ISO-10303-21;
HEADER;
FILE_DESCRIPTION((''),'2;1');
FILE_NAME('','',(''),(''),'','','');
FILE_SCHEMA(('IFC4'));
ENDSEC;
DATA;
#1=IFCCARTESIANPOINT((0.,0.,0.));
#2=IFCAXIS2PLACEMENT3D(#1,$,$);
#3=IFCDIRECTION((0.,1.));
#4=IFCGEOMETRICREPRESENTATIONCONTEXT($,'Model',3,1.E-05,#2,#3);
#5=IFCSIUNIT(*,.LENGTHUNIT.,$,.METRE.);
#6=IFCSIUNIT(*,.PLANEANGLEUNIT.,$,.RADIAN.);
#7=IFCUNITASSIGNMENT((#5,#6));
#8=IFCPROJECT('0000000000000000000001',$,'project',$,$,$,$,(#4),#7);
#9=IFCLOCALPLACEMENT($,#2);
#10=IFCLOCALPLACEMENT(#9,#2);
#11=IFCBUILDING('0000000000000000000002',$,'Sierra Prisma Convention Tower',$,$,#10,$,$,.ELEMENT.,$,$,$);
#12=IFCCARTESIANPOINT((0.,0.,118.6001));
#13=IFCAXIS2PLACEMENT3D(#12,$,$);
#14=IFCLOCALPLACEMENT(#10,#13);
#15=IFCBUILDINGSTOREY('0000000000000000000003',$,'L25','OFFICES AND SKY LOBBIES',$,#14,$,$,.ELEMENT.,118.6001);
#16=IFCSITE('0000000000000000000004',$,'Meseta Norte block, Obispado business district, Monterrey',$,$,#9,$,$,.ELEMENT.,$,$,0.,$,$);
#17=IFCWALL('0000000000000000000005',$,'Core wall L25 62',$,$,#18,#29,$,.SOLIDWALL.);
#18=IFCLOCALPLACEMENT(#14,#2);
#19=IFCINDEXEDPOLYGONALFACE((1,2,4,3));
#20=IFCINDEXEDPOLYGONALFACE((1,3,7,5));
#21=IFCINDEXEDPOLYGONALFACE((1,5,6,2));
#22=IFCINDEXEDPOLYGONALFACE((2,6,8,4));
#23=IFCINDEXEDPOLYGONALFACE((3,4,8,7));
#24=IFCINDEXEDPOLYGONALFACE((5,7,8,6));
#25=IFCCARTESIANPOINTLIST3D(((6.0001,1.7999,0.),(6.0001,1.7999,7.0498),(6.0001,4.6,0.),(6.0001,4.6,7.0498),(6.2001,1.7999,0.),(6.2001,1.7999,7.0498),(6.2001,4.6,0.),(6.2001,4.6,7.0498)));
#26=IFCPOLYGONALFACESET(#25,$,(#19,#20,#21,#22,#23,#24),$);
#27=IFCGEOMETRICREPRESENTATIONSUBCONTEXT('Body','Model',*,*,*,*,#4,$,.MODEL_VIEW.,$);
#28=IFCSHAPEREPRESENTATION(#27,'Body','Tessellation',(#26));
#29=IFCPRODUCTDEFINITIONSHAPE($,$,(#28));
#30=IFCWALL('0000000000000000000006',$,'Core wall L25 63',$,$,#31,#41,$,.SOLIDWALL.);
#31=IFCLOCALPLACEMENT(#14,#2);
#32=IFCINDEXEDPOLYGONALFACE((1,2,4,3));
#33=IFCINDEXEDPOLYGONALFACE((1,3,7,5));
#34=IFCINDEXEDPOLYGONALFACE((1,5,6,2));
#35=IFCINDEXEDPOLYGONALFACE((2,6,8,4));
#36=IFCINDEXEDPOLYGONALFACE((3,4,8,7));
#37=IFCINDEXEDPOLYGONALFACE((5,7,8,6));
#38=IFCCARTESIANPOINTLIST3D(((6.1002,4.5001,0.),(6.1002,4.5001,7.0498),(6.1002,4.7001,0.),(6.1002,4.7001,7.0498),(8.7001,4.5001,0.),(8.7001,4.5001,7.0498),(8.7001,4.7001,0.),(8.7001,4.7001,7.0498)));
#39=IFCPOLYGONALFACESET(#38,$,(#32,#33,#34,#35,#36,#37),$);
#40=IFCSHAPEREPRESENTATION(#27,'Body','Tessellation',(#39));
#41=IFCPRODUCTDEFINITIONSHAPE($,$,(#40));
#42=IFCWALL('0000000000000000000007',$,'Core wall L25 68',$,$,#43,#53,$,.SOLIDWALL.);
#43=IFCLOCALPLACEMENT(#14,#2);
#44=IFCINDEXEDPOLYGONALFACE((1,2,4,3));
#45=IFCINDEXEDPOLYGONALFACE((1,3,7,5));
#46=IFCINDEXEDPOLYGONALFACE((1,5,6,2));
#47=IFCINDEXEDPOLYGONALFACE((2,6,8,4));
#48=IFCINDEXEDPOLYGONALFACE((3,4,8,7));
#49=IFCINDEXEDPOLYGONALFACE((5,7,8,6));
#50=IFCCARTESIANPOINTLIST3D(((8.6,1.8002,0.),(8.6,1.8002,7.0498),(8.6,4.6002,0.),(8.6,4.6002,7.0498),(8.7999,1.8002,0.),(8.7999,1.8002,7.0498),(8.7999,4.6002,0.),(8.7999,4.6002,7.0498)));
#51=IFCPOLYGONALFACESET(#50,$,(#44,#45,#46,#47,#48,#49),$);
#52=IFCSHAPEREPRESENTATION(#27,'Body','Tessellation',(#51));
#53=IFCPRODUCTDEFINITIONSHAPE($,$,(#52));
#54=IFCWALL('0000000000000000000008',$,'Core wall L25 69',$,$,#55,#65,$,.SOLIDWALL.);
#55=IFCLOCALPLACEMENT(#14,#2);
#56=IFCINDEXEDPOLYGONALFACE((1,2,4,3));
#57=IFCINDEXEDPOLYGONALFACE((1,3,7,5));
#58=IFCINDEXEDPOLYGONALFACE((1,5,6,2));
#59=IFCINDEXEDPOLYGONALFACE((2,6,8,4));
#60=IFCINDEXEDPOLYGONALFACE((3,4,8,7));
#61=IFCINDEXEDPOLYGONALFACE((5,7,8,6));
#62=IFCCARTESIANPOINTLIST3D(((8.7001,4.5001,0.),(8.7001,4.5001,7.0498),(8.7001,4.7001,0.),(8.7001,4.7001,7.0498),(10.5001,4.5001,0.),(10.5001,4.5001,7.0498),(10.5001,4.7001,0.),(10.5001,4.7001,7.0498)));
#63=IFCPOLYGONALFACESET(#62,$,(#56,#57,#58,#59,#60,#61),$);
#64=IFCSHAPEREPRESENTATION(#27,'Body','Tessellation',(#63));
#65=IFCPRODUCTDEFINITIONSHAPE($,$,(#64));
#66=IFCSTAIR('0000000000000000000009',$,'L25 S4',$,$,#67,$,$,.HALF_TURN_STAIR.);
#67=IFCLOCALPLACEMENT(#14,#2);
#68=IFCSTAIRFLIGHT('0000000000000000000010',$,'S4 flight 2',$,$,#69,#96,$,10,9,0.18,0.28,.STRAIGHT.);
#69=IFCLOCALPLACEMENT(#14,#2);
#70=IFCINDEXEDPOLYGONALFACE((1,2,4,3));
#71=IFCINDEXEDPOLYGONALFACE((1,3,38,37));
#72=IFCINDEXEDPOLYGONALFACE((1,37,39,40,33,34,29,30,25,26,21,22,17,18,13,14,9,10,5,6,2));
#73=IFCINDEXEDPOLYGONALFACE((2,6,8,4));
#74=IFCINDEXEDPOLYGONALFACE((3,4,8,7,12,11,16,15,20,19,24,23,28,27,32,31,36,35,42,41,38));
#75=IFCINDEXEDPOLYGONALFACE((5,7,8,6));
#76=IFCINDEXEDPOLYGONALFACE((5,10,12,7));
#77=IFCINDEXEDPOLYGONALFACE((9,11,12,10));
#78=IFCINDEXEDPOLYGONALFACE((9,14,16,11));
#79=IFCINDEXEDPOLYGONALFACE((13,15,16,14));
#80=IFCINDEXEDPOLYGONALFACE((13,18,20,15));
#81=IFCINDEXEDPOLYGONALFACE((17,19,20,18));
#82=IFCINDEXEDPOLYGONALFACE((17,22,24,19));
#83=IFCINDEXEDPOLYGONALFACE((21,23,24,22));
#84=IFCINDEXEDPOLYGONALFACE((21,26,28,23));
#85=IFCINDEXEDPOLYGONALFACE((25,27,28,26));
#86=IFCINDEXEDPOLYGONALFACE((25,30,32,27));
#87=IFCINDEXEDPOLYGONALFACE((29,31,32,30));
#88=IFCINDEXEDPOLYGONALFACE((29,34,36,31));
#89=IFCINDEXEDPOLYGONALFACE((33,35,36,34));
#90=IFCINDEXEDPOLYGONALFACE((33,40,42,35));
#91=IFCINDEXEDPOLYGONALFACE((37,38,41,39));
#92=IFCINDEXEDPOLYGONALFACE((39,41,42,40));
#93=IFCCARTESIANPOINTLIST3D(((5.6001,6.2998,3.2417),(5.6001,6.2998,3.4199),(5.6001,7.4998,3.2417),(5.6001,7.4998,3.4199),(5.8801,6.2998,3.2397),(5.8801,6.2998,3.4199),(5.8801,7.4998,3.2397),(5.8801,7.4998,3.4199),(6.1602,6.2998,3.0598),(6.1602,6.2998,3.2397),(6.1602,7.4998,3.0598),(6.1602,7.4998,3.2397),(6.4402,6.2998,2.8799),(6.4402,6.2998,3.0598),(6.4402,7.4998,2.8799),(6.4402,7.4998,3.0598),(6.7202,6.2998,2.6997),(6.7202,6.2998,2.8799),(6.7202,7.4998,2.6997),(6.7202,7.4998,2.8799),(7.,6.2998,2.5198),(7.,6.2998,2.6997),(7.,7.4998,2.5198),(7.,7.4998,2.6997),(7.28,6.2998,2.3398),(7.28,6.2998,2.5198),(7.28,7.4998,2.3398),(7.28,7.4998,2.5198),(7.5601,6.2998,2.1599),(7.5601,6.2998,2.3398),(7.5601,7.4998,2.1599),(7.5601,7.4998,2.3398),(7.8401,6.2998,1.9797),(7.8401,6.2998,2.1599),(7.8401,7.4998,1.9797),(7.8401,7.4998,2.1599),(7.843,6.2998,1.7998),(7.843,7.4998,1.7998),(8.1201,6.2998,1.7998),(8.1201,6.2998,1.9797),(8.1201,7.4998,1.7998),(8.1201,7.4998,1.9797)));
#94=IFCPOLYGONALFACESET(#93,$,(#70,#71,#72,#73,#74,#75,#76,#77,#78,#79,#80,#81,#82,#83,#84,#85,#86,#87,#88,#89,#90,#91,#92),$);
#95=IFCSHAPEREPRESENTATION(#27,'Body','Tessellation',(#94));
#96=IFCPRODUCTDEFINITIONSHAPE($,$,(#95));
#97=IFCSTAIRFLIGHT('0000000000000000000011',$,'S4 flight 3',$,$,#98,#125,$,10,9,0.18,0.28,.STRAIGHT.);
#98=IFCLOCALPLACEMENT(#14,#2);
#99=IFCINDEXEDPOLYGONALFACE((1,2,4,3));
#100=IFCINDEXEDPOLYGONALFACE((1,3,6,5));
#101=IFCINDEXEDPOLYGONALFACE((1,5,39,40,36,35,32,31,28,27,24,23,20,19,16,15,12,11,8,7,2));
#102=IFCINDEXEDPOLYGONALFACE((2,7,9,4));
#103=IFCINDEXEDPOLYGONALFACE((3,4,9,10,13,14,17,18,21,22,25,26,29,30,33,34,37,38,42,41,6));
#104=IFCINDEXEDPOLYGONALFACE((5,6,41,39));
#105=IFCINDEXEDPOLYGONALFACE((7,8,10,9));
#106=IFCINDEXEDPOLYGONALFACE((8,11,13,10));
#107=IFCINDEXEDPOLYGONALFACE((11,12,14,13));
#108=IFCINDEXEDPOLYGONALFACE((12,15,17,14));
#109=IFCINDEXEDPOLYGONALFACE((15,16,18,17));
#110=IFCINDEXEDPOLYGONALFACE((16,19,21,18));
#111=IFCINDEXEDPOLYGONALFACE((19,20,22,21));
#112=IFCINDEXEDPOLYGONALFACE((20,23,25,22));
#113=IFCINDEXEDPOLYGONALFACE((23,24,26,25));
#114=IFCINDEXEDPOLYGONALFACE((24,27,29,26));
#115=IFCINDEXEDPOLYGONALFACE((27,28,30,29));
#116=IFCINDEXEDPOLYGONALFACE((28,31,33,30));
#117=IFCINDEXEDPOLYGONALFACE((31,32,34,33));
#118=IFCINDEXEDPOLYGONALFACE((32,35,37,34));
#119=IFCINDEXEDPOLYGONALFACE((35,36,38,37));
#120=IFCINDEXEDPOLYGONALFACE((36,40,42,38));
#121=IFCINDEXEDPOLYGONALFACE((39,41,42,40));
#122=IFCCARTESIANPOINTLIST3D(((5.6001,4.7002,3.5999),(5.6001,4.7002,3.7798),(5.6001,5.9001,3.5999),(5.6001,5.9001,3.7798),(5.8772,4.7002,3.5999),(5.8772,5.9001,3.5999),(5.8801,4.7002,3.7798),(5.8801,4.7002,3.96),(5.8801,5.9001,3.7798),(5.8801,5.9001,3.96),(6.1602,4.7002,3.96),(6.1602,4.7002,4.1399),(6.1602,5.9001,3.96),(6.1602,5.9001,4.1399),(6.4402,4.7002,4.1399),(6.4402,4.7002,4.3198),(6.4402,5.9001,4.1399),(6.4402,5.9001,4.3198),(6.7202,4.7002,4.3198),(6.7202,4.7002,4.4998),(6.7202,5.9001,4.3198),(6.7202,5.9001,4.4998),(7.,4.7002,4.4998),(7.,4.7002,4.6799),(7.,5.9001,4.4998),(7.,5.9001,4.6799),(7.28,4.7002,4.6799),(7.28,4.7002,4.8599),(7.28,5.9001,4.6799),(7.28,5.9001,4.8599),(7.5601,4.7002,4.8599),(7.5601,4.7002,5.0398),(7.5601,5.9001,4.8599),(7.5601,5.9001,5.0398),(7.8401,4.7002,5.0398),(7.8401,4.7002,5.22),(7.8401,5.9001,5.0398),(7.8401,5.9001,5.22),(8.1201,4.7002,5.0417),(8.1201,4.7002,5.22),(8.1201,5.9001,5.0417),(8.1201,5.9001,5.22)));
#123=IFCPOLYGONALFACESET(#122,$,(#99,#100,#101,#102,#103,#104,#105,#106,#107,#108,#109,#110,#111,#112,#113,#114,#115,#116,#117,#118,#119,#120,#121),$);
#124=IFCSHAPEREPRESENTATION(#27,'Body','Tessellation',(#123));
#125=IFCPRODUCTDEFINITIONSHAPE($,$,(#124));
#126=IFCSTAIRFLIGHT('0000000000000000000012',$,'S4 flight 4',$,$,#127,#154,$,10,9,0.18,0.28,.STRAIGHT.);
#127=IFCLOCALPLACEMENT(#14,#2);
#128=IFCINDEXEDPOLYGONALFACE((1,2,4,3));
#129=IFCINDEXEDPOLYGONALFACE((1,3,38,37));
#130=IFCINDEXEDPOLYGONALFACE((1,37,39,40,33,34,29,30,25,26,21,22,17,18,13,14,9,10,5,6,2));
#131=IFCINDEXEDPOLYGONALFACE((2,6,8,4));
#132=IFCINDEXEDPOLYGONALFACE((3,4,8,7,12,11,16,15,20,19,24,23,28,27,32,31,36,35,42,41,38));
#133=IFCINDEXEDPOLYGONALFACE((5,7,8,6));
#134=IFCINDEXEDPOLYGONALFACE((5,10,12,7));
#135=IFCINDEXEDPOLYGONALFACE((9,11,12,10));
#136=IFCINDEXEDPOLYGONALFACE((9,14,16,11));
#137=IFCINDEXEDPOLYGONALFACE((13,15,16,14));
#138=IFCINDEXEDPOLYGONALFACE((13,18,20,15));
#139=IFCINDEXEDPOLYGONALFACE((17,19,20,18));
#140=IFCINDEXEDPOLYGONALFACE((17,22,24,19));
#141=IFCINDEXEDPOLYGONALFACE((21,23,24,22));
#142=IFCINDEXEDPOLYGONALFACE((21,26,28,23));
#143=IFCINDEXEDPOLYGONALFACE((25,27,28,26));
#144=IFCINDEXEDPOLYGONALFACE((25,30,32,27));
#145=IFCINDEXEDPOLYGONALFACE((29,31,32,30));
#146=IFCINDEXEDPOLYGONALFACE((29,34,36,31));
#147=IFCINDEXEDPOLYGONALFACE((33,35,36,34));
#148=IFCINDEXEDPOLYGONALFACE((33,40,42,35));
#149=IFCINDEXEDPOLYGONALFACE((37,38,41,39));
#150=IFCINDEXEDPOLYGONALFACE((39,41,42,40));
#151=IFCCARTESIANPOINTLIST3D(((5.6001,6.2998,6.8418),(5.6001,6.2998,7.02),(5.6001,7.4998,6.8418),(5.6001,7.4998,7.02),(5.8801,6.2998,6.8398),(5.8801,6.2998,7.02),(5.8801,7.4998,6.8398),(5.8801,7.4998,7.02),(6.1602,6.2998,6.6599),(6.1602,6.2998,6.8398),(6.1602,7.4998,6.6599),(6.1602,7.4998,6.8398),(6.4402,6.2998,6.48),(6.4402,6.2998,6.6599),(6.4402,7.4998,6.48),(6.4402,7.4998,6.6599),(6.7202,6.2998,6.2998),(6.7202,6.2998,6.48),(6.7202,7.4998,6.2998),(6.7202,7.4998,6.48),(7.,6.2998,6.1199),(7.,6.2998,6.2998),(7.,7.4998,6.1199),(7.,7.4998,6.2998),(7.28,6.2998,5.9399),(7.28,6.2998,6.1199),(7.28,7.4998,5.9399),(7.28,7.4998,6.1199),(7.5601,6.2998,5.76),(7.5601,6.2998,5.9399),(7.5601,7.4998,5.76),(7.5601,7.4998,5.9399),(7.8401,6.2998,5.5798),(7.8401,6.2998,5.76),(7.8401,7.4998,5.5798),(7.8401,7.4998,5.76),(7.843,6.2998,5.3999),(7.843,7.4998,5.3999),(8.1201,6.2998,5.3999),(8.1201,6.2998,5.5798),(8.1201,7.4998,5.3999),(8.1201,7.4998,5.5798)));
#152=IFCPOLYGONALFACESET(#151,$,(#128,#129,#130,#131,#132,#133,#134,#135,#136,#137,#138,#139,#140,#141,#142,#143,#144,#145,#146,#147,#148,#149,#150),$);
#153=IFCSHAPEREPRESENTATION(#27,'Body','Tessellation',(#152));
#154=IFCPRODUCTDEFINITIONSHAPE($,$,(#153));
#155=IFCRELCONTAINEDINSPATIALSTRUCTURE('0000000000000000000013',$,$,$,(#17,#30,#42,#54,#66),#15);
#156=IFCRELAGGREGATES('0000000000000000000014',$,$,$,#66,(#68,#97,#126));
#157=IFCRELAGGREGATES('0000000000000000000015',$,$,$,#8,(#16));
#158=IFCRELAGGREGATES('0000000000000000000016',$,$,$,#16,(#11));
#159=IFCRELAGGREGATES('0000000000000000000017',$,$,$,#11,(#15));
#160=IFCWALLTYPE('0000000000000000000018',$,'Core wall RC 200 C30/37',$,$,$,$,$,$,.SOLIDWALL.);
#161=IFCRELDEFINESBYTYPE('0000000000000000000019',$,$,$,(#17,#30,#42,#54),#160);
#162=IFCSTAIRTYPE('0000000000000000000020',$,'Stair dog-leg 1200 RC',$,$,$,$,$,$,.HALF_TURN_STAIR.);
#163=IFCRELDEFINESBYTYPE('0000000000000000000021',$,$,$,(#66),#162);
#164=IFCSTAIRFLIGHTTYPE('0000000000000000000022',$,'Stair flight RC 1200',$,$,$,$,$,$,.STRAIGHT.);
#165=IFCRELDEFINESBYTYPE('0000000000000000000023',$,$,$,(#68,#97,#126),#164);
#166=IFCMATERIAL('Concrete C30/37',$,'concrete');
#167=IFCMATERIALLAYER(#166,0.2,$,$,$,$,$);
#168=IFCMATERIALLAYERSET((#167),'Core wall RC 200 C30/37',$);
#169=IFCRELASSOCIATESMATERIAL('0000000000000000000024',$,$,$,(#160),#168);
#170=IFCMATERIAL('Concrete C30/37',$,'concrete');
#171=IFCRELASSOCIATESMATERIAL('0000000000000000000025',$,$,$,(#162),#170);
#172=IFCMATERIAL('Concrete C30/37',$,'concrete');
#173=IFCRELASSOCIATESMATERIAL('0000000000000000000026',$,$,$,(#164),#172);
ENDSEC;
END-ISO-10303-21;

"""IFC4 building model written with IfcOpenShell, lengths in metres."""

from ifc_helpers import new_model, si_unit, direction, frame, frame_2d, origin, place, context, subcontext, project, spatial, polyline, rectangle, outline, extrude, material, layer, layer_set, type_object, element, aggregate, save


model = new_model("IFC4")

# Units and contexts
model_context = context("Model", 3, precision=1e-05, world=origin(), true_north=direction((0.0, 1.0)))
body_context = subcontext(model_context, "Body", "Model", "MODEL_VIEW")
ifc_project = project(units=[si_unit("LENGTHUNIT", "METRE"), si_unit("PLANEANGLEUNIT", "RADIAN")], contexts=[model_context])

# Site, building, storey
site_placement = place(None, origin())
site = spatial("IfcSite", under=ifc_project, at=site_placement, Name="Meseta Norte block, Obispado business district, Monterrey", CompositionType="ELEMENT", RefElevation=0.0)
building_placement = place(site_placement, origin())
building = spatial("IfcBuilding", under=site, at=building_placement, Name="Sierra Prisma Convention Tower", CompositionType="ELEMENT")
storey_placement = place(building_placement, frame((0.0, 0.0, 118.6001)))
storey = spatial("IfcBuildingStorey", under=building, at=storey_placement, Name="L25", Description="OFFICES AND SKY LOBBIES", CompositionType="ELEMENT", Elevation=118.6001)

# Shared definitions
ifc_material_1 = material(Name="Concrete C30/37", Category="concrete")
ifc_layer_1 = layer(ifc_material_1, 0.2)
ifc_layer_set_1 = layer_set([ifc_layer_1], Name="Core wall RC 200 C30/37")
wall_type = type_object("IfcWallType", Name="Core wall RC 200 C30/37", PredefinedType="SOLIDWALL", material=ifc_layer_set_1)

# Walls
wall_1_placement = place(storey_placement, frame((6.1001, 1.8, 0.0), z_axis=(0.0, 0.0, 1.0), x_axis=(0.0, 1.0, 0.0)))
element("IfcWall", 1, at=wall_1_placement, inside=storey, type_object=wall_type, Name="Core wall L25 62", PredefinedType="SOLIDWALL", context=body_context, shape_type="SweptSolid", body=[
    extrude(rectangle(XDim=2.8, YDim=0.2, at=frame_2d((1.3999, 0.0))), origin(), (0.0, 0.0, 1.0), 7.0498),
])
wall_2_placement = place(storey_placement, frame((8.7, 4.6001, 0.0), z_axis=(0.0, 0.0, 1.0), x_axis=(-1.0, 0.0, 0.0)))
element("IfcWall", 2, at=wall_2_placement, inside=storey, type_object=wall_type, Name="Core wall L25 63", PredefinedType="SOLIDWALL", context=body_context, shape_type="SweptSolid", body=[
    extrude(rectangle(XDim=2.5999, YDim=0.2, at=frame_2d((1.2998, 0.0))), origin(), (0.0, 0.0, 1.0), 7.0498),
])

# Walls
wall_3_placement = place(storey_placement, frame((8.7, 4.6001, 0.0), z_axis=(0.0, 0.0, 1.0), x_axis=(0.0, -1.0, 0.0)))
element("IfcWall", 3, at=wall_3_placement, inside=storey, type_object=wall_type, Name="Core wall L25 68", PredefinedType="SOLIDWALL", context=body_context, shape_type="SweptSolid", body=[
    extrude(rectangle(XDim=2.8, YDim=0.2, at=frame_2d((1.3999, 0.0))), origin(), (0.0, 0.0, 1.0), 7.0498),
])
wall_4_placement = place(storey_placement, frame((10.5, 4.6001, 0.0), z_axis=(0.0, 0.0, 1.0), x_axis=(-1.0, 0.0, 0.0)))
element("IfcWall", 4, at=wall_4_placement, inside=storey, type_object=wall_type, Name="Core wall L25 69", PredefinedType="SOLIDWALL", context=body_context, shape_type="SweptSolid", body=[
    extrude(rectangle(XDim=1.8, YDim=0.2, at=frame_2d((0.8999, 0.0))), origin(), (0.0, 0.0, 1.0), 7.0498),
])

# Stair, stair flights
ifc_material_2 = material(Name="Concrete C30/37", Category="concrete")
stair_type = type_object("IfcStairType", Name="Stair dog-leg 1200 RC", PredefinedType="HALF_TURN_STAIR", material=ifc_material_2)
stair_placement = place(storey_placement, origin())
stair = element("IfcStair", 5, at=stair_placement, inside=storey, type_object=stair_type, Name="L25 S4", PredefinedType="HALF_TURN_STAIR")
ifc_material_3 = material(Name="Concrete C30/37", Category="concrete")
stair_flight_type = type_object("IfcStairFlightType", Name="Stair flight RC 1200", PredefinedType="STRAIGHT", material=ifc_material_3)
stair_flight_1_placement = place(storey_placement, frame((8.1201, 6.8999, 1.7998), z_axis=(0.0, 0.0, 1.0), x_axis=(-1.0, 0.0, 0.0)))
stair_flight_1 = element("IfcStairFlight", 6, at=stair_flight_1_placement, type_object=stair_flight_type, Name="S4 flight 2", NumberOfRisers=10, NumberOfTreads=9, PredefinedType="STRAIGHT", RiserHeight=0.18, TreadLength=0.28, context=body_context, shape_type="SweptSolid", body=[
    extrude(outline(polyline([(0.0, 0.0), (0.0, 0.1799), (0.28, 0.1799), (0.28, 0.3601), (0.5601, 0.3601), (0.5601, 0.54), (0.8401, 0.54), (0.8401, 0.72), (1.1201, 0.72), (1.1201, 0.8999), (1.3999, 0.8999), (1.3999, 1.0801), (1.6799, 1.0801), (1.6799, 1.26), (1.96, 1.26), (1.96, 1.4399), (2.24, 1.4399), (2.24, 1.6201), (2.52, 1.6201), (2.52, 1.8), (2.52, 1.4419), (0.2771, 0.0), (0.0, 0.0)])), frame((0.0, 0.6001, 0.0), z_axis=(0.0, -1.0, 0.0), x_axis=(1.0, 0.0, 0.0)), (0.0, 0.0, 1.0), 1.2),
])
stair_flight_2_placement = place(storey_placement, frame((5.6001, 5.3, 3.5999), z_axis=(0.0, 0.0, 1.0), x_axis=(1.0, 0.0, 0.0)))
stair_flight_2 = element("IfcStairFlight", 7, at=stair_flight_2_placement, type_object=stair_flight_type, Name="S4 flight 3", NumberOfRisers=10, NumberOfTreads=9, PredefinedType="STRAIGHT", RiserHeight=0.18, TreadLength=0.28, context=body_context, shape_type="SweptSolid", body=[
    extrude(outline(polyline([(0.0, 0.0), (0.0, 0.1799), (0.28, 0.1799), (0.28, 0.3601), (0.5601, 0.3601), (0.5601, 0.54), (0.8401, 0.54), (0.8401, 0.72), (1.1201, 0.72), (1.1201, 0.8999), (1.3999, 0.8999), (1.3999, 1.0801), (1.6799, 1.0801), (1.6799, 1.26), (1.96, 1.26), (1.96, 1.4399), (2.24, 1.4399), (2.24, 1.6201), (2.52, 1.6201), (2.52, 1.8), (2.52, 1.4419), (0.2771, 0.0), (0.0, 0.0)])), frame((0.0, 0.6001, 0.0), z_axis=(0.0, -1.0, 0.0), x_axis=(1.0, 0.0, 0.0)), (0.0, 0.0, 1.0), 1.2),
])
stair_flight_3_placement = place(storey_placement, frame((8.1201, 6.8999, 5.3999), z_axis=(0.0, 0.0, 1.0), x_axis=(-1.0, 0.0, 0.0)))
stair_flight_3 = element("IfcStairFlight", 8, at=stair_flight_3_placement, type_object=stair_flight_type, Name="S4 flight 4", NumberOfRisers=10, NumberOfTreads=9, PredefinedType="STRAIGHT", RiserHeight=0.18, TreadLength=0.28, context=body_context, shape_type="SweptSolid", body=[
    extrude(outline(polyline([(0.0, 0.0), (0.0, 0.1799), (0.28, 0.1799), (0.28, 0.3601), (0.5601, 0.3601), (0.5601, 0.54), (0.8401, 0.54), (0.8401, 0.72), (1.1201, 0.72), (1.1201, 0.8999), (1.3999, 0.8999), (1.3999, 1.0801), (1.6799, 1.0801), (1.6799, 1.26), (1.96, 1.26), (1.96, 1.4399), (2.24, 1.4399), (2.24, 1.6201), (2.52, 1.6201), (2.52, 1.8), (2.52, 1.4419), (0.2771, 0.0), (0.0, 0.0)])), frame((0.0, 0.6001, 0.0), z_axis=(0.0, -1.0, 0.0), x_axis=(1.0, 0.0, 0.0)), (0.0, 0.0, 1.0), 1.2),
])
aggregate(stair, [stair_flight_1, stair_flight_2, stair_flight_3])

save(model, "model.ifc")
